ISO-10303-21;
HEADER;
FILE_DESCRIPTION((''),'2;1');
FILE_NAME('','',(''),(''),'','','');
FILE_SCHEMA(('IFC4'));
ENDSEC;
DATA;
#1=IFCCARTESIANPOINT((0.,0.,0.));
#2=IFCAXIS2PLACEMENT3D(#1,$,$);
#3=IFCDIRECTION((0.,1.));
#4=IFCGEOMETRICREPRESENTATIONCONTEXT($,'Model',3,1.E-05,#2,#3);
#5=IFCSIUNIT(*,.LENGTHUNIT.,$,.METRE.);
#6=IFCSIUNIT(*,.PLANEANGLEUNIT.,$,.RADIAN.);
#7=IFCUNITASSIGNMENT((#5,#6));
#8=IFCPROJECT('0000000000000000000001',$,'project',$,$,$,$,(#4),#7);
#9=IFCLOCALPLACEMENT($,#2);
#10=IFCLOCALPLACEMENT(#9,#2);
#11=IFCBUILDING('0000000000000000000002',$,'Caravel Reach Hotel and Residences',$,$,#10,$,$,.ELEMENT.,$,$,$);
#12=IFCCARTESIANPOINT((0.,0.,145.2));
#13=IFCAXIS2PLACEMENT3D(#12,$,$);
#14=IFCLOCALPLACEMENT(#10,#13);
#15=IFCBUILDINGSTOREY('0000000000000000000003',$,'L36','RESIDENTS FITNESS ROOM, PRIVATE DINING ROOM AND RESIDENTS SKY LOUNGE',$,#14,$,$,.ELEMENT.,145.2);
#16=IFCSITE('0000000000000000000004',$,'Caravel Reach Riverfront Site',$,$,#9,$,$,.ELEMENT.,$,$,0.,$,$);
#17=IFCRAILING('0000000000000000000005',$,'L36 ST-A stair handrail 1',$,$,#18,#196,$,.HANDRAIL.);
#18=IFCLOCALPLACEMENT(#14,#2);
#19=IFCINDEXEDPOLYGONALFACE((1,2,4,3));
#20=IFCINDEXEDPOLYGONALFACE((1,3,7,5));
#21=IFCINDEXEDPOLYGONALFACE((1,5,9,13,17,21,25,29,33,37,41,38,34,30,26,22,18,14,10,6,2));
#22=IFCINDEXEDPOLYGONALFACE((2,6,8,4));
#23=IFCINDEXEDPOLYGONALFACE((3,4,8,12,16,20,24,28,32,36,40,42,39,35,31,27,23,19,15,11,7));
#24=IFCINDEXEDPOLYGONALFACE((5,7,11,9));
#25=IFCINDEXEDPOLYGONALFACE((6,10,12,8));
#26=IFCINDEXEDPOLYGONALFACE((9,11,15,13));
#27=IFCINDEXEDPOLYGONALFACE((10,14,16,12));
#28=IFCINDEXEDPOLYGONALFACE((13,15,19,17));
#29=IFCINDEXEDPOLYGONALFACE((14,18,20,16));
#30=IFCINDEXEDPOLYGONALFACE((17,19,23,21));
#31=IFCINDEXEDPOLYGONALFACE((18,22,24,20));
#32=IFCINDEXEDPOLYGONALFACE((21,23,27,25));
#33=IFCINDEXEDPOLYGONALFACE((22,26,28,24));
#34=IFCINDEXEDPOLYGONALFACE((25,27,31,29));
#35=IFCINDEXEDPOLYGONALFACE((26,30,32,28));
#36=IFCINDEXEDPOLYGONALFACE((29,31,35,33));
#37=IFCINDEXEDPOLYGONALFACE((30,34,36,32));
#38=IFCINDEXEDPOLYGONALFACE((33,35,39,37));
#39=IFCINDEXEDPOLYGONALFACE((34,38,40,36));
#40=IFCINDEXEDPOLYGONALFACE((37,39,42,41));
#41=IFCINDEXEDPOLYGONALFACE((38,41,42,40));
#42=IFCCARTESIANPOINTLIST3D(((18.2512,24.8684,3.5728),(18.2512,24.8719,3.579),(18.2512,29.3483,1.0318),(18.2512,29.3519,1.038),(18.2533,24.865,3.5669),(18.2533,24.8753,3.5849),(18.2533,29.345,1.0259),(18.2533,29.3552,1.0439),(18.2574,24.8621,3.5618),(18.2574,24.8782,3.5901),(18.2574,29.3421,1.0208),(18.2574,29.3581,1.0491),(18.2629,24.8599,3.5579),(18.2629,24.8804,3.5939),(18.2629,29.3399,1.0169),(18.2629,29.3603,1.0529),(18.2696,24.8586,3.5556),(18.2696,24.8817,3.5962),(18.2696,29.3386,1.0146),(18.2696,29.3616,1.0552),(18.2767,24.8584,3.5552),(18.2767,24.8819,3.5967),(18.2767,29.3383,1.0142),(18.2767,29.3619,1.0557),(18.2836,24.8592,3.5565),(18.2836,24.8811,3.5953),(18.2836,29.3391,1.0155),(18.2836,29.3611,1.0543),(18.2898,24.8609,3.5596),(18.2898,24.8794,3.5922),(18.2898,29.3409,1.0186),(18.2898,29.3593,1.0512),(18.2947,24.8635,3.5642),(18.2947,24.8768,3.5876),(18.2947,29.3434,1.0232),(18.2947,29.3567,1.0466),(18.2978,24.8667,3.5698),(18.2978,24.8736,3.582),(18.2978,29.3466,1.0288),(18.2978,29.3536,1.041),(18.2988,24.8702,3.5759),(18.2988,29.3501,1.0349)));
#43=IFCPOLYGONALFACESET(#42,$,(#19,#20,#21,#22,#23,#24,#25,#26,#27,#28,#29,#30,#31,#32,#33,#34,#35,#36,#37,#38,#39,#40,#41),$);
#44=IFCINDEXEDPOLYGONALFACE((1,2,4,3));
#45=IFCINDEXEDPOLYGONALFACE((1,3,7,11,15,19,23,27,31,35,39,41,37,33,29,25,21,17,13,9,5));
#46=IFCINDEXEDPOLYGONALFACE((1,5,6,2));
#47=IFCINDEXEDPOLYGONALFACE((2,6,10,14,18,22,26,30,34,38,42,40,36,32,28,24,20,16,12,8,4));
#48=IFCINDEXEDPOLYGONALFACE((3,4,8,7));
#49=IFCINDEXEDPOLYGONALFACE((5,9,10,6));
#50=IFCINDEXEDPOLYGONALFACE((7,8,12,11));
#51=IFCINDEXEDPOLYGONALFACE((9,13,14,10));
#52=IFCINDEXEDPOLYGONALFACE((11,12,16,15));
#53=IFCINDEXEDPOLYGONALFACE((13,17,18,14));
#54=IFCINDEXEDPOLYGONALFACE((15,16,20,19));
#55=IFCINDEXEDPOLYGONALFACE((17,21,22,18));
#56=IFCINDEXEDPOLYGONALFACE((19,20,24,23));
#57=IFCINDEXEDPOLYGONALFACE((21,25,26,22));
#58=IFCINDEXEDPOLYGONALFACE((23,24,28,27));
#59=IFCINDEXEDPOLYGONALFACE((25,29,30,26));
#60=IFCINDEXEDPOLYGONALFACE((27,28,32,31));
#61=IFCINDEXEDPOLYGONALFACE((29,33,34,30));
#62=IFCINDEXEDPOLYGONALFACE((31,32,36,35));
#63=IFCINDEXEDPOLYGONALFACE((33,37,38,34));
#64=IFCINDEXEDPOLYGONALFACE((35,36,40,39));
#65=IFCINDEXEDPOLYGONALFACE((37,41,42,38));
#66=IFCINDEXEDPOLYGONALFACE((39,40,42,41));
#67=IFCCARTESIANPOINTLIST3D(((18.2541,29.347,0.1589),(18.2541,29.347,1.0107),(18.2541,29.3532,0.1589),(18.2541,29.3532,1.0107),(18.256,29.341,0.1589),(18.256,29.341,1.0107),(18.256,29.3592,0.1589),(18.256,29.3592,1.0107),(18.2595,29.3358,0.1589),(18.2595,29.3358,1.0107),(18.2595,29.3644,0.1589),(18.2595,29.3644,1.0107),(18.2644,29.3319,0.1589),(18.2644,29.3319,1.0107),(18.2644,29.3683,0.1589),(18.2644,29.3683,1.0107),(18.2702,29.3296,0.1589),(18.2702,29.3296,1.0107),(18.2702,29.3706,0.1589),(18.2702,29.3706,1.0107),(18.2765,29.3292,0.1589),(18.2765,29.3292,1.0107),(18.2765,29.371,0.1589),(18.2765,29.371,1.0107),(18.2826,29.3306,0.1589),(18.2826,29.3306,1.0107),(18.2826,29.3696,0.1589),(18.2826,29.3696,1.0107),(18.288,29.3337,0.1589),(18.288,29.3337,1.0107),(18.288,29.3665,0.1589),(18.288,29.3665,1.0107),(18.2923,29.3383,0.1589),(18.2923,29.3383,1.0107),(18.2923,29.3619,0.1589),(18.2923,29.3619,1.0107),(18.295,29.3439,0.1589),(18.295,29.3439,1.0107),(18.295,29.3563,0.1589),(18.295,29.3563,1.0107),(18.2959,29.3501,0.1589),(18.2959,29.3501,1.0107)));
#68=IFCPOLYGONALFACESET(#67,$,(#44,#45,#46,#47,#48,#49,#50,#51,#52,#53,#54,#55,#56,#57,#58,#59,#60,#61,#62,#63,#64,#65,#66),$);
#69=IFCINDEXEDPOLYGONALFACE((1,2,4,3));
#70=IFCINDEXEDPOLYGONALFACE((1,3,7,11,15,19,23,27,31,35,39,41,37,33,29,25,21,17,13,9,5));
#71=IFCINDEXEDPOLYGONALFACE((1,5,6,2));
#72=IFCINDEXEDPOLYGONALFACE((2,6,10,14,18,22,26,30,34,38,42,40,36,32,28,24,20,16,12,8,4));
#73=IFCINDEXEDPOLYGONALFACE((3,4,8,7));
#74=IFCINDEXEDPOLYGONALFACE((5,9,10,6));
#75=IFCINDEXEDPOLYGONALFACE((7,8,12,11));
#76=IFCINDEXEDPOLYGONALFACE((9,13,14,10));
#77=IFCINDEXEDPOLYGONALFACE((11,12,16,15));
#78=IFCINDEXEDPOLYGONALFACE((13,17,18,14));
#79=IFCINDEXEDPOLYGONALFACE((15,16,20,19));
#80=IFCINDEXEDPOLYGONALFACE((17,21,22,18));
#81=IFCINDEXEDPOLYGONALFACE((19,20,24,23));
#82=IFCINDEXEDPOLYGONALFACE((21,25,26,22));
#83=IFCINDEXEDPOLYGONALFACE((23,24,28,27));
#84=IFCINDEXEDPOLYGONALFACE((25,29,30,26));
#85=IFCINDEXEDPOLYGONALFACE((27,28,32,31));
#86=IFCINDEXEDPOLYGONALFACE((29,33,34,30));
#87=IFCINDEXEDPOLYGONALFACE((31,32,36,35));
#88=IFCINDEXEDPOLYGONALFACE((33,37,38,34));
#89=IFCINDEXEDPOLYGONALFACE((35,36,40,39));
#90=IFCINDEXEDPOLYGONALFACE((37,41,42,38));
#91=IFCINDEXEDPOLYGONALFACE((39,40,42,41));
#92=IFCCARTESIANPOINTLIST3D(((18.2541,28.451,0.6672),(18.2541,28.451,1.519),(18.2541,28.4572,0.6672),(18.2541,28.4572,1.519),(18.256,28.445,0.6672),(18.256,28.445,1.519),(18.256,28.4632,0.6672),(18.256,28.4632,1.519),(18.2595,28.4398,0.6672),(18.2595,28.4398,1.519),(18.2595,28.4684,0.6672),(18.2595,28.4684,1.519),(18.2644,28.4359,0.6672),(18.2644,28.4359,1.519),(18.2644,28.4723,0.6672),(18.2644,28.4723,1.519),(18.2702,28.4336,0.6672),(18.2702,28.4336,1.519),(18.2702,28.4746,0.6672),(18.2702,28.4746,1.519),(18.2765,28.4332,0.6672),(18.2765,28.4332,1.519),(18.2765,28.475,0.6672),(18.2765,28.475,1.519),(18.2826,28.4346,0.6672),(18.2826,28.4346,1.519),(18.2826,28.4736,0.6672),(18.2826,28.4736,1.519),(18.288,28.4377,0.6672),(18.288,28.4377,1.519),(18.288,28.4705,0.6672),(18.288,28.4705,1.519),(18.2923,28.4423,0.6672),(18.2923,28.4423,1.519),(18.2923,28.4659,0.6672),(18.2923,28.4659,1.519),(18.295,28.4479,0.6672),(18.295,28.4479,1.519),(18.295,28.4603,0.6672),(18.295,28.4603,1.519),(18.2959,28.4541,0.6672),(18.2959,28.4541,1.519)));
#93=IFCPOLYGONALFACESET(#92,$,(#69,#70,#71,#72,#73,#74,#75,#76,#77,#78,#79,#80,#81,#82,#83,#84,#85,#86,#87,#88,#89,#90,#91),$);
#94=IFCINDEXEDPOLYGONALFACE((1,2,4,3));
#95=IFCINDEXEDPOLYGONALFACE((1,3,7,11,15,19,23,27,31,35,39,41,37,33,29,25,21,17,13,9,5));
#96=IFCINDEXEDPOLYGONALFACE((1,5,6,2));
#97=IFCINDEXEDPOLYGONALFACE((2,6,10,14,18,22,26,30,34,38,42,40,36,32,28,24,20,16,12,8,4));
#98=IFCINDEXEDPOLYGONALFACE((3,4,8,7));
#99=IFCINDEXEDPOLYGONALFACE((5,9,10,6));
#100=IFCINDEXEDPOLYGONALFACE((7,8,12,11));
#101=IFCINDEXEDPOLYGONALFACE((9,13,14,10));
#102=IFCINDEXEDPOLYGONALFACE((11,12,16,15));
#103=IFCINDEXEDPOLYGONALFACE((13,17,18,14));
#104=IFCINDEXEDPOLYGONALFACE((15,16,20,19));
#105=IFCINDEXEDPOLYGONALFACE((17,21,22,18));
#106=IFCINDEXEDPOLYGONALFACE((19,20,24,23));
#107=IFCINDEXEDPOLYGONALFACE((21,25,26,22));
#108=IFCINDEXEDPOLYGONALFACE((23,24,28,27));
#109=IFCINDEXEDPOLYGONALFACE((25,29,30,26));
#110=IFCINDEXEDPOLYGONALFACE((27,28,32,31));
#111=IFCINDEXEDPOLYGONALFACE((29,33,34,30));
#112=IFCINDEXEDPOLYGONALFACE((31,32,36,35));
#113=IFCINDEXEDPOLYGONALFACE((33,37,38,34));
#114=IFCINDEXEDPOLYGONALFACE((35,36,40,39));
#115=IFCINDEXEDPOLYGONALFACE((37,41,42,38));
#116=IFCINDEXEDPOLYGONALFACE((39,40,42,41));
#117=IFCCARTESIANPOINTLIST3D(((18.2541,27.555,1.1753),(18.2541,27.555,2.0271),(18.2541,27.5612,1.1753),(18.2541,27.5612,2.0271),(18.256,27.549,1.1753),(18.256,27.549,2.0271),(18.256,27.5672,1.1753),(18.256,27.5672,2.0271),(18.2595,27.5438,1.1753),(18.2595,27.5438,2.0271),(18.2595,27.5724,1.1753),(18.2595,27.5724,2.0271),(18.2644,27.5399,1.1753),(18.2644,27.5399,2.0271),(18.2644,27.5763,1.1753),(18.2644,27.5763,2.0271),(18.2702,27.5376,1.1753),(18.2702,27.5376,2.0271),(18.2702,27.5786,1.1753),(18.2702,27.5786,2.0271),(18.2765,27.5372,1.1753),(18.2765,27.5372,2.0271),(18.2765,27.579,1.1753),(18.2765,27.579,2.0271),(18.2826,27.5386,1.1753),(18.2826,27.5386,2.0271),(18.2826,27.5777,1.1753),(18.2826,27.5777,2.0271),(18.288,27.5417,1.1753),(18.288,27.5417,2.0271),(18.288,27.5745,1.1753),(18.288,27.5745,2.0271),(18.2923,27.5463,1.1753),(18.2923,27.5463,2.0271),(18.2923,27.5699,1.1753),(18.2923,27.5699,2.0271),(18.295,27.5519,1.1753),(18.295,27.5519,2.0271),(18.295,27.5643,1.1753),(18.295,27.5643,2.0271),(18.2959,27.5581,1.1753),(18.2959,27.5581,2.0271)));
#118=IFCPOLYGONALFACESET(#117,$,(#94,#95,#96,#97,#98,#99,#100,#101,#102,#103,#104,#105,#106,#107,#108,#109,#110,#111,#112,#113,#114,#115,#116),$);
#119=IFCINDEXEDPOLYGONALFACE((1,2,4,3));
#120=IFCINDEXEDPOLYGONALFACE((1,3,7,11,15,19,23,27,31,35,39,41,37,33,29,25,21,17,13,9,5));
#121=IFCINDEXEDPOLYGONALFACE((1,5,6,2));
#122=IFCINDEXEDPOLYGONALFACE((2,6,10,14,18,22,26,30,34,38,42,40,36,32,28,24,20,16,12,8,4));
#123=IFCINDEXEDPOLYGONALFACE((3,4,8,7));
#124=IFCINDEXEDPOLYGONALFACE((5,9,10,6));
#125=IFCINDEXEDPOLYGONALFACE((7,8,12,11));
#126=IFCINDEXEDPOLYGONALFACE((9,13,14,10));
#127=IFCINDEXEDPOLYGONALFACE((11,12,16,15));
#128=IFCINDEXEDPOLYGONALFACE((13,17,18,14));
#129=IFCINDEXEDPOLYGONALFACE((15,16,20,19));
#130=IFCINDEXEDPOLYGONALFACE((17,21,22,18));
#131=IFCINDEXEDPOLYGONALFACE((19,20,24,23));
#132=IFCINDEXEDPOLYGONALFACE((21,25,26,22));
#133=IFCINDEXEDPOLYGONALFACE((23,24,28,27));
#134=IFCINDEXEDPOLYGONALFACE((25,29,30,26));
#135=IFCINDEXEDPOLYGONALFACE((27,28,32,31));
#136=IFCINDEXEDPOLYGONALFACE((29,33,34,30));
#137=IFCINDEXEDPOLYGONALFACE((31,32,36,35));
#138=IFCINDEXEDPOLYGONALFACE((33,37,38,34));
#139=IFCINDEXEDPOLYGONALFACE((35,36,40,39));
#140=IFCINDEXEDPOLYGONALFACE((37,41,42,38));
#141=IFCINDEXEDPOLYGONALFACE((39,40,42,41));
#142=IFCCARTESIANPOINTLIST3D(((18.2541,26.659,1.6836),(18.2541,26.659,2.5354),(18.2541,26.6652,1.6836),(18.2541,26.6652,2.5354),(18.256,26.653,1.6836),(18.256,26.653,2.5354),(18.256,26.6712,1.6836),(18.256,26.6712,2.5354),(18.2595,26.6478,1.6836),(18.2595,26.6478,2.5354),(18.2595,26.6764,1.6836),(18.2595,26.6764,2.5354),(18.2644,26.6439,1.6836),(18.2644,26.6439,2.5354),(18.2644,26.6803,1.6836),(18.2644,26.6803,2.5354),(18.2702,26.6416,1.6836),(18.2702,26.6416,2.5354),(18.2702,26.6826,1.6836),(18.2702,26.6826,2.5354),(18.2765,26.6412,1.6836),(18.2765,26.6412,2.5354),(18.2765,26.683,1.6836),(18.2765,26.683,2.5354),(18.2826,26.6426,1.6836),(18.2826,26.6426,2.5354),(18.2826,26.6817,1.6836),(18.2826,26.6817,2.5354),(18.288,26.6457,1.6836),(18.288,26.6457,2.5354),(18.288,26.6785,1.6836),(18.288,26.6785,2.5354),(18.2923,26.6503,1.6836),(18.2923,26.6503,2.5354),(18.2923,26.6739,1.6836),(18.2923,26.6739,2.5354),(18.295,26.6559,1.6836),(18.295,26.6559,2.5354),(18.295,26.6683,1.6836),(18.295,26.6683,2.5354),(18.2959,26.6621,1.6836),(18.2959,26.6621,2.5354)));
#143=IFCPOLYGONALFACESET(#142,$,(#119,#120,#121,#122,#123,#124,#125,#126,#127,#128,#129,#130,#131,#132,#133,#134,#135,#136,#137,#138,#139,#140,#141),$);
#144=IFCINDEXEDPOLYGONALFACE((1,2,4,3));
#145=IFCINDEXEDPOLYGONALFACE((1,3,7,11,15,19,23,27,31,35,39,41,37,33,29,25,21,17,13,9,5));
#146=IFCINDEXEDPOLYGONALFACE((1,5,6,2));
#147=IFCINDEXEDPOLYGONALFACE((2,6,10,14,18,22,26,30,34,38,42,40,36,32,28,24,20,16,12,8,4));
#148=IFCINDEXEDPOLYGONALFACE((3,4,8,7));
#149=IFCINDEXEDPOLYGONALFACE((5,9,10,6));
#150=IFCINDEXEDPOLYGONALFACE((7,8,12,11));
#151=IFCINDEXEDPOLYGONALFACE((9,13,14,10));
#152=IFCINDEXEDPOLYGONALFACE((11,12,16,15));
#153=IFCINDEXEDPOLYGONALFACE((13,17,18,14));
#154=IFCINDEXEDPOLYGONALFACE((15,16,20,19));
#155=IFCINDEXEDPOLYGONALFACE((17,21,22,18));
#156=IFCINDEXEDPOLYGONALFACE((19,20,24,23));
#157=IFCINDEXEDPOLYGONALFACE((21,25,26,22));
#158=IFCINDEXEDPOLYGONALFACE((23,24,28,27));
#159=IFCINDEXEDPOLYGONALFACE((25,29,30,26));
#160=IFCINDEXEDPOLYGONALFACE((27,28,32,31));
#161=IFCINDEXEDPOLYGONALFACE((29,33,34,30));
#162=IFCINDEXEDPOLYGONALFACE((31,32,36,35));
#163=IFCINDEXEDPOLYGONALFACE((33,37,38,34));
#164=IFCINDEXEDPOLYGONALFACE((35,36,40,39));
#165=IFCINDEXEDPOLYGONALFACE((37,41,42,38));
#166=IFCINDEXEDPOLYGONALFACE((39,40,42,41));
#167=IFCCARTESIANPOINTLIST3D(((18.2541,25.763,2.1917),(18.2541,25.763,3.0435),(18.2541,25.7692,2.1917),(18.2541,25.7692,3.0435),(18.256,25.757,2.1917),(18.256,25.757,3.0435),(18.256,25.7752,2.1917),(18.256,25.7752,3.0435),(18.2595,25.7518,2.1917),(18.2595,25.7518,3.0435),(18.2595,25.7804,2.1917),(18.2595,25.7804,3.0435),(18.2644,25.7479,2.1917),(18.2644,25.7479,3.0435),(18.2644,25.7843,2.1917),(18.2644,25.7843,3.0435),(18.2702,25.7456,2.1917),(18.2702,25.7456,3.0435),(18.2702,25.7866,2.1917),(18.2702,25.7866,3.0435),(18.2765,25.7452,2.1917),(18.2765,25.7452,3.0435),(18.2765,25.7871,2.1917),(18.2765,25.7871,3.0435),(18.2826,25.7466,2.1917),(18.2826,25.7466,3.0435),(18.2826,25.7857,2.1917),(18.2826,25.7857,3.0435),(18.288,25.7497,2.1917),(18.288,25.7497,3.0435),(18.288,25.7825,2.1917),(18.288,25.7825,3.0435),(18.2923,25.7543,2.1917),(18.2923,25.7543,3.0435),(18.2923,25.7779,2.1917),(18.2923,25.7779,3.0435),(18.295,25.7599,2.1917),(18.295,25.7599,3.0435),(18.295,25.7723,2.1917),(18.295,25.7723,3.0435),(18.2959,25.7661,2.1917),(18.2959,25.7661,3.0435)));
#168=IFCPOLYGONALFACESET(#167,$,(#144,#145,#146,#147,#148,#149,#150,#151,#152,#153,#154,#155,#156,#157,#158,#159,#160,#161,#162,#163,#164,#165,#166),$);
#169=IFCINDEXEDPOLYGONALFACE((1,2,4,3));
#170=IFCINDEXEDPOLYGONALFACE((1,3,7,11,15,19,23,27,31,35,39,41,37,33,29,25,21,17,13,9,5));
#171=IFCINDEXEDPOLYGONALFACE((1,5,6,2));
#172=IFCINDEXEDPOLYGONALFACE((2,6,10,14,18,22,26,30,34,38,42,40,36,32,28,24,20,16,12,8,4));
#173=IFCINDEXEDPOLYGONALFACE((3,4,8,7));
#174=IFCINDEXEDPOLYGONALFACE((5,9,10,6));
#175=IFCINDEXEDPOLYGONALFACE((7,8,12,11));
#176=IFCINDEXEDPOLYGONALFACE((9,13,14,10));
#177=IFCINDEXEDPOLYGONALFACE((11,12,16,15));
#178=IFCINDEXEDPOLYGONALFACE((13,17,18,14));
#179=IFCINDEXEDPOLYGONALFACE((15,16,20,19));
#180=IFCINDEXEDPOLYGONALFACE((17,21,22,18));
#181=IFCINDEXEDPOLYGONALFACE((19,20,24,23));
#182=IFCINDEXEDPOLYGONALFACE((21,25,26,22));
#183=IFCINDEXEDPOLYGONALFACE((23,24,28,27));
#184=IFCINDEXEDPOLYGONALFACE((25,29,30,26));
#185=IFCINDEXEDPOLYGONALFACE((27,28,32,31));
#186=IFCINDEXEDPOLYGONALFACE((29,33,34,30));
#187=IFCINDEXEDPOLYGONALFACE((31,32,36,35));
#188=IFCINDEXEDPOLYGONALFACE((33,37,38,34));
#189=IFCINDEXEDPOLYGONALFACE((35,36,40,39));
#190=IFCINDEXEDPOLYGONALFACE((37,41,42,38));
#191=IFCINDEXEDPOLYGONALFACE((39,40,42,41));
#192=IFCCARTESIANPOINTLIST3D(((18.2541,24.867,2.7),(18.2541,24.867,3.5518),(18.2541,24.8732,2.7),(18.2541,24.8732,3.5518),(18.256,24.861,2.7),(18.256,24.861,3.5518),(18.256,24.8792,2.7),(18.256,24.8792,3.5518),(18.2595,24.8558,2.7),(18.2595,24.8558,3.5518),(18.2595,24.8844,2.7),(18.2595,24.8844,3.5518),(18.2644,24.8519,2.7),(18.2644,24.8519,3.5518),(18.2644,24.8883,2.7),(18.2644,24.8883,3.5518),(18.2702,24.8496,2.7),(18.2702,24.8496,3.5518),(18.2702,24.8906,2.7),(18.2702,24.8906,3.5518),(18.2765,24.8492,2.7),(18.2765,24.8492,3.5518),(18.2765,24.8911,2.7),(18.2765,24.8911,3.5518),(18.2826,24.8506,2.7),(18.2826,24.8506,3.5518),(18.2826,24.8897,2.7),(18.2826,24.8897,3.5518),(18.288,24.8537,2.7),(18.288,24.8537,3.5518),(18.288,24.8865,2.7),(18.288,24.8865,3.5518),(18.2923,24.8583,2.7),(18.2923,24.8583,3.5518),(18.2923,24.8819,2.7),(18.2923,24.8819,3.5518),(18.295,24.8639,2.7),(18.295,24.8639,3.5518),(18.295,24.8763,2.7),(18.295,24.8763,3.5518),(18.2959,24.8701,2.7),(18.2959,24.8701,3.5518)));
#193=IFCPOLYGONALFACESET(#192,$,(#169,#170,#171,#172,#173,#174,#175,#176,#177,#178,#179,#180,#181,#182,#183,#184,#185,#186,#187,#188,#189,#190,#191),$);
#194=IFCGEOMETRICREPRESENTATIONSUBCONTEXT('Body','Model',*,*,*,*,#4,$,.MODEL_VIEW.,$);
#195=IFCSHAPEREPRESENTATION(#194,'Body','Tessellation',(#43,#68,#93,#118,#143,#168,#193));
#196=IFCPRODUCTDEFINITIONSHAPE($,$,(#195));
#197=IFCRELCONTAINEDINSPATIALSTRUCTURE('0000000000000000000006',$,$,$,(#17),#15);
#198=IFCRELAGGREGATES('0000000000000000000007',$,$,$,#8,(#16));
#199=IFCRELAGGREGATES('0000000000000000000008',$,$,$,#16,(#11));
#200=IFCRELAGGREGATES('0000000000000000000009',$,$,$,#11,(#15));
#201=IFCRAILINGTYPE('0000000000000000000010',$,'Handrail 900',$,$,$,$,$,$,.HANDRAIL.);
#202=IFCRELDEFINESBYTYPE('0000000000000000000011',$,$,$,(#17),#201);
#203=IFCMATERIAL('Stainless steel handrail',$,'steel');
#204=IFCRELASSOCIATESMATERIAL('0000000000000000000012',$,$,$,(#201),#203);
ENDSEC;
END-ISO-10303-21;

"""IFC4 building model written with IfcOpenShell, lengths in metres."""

from ifc_helpers import new_model, si_unit, direction, frame, origin, origin_2d, place, context, subcontext, project, spatial, circle, extrude, material, type_object, element, save


model = new_model("IFC4")

# Units and contexts
model_context = context("Model", 3, precision=1e-05, world=origin(), true_north=direction((0.0, 1.0)))
body_context = subcontext(model_context, "Body", "Model", "MODEL_VIEW")
ifc_project = project(units=[si_unit("LENGTHUNIT", "METRE"), si_unit("PLANEANGLEUNIT", "RADIAN")], contexts=[model_context])

# Site, building, storey
site_placement = place(None, origin())
site = spatial("IfcSite", under=ifc_project, at=site_placement, Name="Caravel Reach Riverfront Site", CompositionType="ELEMENT", RefElevation=0.0)
building_placement = place(site_placement, origin())
building = spatial("IfcBuilding", under=site, at=building_placement, Name="Caravel Reach Hotel and Residences", CompositionType="ELEMENT")
storey_placement = place(building_placement, frame((0.0, 0.0, 145.2)))
storey = spatial("IfcBuildingStorey", under=building, at=storey_placement, Name="L36", Description="RESIDENTS FITNESS ROOM, PRIVATE DINING ROOM AND RESIDENTS SKY LOUNGE", CompositionType="ELEMENT", Elevation=145.2)

# Railing
ifc_material_1 = material(Name="Stainless steel handrail", Category="steel")
railing_type_1 = type_object("IfcRailingType", Name="Handrail 900", PredefinedType="HANDRAIL", material=ifc_material_1)
railing_1_placement = place(storey_placement, frame((18.2749, 29.3501, 0.1589)))
element("IfcRailing", 1, at=railing_1_placement, inside=storey, type_object=railing_type_1, Name="L36 ST-A stair handrail 1", PredefinedType="HANDRAIL", context=body_context, shape_type="SweptSolid", body=[
    extrude(circle(Radius=0.0239, at=origin_2d()), frame((0.0, 0.0, 0.876), z_axis=(0.0, -0.869826, 0.493359), x_axis=(1.0, 0.0, 0.0)), (0.0, 0.0, 1.0), 5.1504),
    extrude(circle(Radius=0.021, at=origin_2d()), origin(), (0.0, 0.0, 1.0), 0.8518),
    extrude(circle(Radius=0.021, at=origin_2d()), frame((0.0, -0.896, 0.5083)), (0.0, 0.0, 1.0), 0.8518),
    extrude(circle(Radius=0.021, at=origin_2d()), frame((0.0, -1.792, 1.0164)), (0.0, 0.0, 1.0), 0.8518),
    extrude(circle(Radius=0.021, at=origin_2d()), frame((0.0, -2.688, 1.5247)), (0.0, 0.0, 1.0), 0.8518),
    extrude(circle(Radius=0.021, at=origin_2d()), frame((0.0, -3.584, 2.0327)), (0.0, 0.0, 1.0), 0.8518),
    extrude(circle(Radius=0.021, at=origin_2d()), frame((0.0, -4.48, 2.541)), (0.0, 0.0, 1.0), 0.8518),
])

save(model, "model.ifc")
